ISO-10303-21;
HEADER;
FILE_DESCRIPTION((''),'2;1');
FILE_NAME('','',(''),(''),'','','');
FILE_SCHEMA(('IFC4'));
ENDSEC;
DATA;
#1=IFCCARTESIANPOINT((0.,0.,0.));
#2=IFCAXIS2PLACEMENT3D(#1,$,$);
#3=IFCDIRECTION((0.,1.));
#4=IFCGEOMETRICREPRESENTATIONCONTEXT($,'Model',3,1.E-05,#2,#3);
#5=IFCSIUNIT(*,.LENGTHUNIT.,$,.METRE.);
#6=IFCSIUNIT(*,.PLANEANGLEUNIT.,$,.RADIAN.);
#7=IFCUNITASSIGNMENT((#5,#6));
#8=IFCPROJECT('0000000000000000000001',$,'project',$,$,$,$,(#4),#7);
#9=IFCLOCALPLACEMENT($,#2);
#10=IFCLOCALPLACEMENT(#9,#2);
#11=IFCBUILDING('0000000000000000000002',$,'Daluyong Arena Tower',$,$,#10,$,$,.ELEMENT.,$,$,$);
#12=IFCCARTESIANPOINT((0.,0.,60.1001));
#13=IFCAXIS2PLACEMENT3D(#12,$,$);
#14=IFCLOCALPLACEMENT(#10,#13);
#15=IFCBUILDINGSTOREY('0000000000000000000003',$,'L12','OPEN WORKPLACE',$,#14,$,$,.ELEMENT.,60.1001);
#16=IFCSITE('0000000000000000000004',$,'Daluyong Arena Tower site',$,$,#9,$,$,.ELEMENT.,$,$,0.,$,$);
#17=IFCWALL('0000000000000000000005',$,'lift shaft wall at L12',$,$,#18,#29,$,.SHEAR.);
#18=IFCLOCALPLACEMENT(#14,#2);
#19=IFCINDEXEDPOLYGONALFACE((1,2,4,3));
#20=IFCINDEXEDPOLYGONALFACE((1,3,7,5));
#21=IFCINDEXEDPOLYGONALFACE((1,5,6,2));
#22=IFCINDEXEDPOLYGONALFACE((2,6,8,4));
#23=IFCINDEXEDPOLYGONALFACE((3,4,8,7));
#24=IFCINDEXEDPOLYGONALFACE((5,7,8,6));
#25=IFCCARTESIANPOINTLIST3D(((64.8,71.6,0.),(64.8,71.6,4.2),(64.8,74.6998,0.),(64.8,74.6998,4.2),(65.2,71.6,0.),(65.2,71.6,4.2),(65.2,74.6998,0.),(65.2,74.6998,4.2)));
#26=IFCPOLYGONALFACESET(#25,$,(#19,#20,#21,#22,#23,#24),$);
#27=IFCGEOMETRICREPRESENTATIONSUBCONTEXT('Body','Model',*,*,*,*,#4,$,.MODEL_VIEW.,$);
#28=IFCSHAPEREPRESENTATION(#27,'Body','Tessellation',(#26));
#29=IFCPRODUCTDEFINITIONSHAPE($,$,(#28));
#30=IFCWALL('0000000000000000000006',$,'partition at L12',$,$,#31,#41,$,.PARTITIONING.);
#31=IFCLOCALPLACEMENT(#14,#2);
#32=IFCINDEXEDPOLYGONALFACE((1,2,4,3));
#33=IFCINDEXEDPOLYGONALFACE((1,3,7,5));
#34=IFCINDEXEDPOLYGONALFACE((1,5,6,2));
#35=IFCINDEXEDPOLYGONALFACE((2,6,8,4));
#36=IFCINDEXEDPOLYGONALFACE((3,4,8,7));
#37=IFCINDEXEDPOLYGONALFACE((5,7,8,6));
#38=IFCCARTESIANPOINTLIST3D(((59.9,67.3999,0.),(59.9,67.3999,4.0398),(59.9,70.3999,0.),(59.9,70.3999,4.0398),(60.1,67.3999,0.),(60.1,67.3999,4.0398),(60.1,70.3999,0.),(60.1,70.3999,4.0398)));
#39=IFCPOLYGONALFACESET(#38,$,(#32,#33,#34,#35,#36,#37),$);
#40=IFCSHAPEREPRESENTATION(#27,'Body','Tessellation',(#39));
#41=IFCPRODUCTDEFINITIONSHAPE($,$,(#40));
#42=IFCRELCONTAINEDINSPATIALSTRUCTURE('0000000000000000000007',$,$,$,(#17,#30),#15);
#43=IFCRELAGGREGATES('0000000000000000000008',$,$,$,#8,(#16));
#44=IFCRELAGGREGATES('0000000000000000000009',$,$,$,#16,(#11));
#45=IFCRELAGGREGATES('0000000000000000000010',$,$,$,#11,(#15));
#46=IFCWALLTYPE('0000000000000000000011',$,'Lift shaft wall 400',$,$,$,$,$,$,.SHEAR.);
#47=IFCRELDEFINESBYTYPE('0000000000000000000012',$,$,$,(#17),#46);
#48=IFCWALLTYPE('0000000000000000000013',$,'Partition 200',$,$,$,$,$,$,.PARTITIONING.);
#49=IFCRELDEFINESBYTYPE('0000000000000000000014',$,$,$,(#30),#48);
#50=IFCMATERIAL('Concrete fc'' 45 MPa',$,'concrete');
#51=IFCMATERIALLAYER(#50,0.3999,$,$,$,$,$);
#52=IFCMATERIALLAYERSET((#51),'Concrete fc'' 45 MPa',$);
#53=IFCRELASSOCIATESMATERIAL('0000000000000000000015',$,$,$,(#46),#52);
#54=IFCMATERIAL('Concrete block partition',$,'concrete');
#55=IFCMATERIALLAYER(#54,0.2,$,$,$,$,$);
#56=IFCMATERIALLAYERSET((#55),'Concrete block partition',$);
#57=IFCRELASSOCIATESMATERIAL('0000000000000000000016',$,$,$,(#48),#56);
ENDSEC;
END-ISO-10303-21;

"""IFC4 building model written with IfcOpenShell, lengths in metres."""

from ifc_helpers import new_model, si_unit, direction, frame, frame_2d, origin, place, context, subcontext, project, spatial, rectangle, extrude, material, layer, layer_set, type_object, element, save


model = new_model("IFC4")

# Units and contexts
model_context = context("Model", 3, precision=1e-05, world=origin(), true_north=direction((0.0, 1.0)))
body_context = subcontext(model_context, "Body", "Model", "MODEL_VIEW")
ifc_project = project(units=[si_unit("LENGTHUNIT", "METRE"), si_unit("PLANEANGLEUNIT", "RADIAN")], contexts=[model_context])

# Site, building, storey
site_placement = place(None, origin())
site = spatial("IfcSite", under=ifc_project, at=site_placement, Name="Daluyong Arena Tower site", CompositionType="ELEMENT", RefElevation=0.0)
building_placement = place(site_placement, origin())
building = spatial("IfcBuilding", under=site, at=building_placement, Name="Daluyong Arena Tower", CompositionType="ELEMENT")
storey_placement = place(building_placement, frame((0.0, 0.0, 60.1001)))
storey = spatial("IfcBuildingStorey", under=building, at=storey_placement, Name="L12", Description="OPEN WORKPLACE", CompositionType="ELEMENT", Elevation=60.1001)

# Walls
ifc_material_1 = material(Name="Concrete fc' 45 MPa", Category="concrete")
ifc_layer_1 = layer(ifc_material_1, 0.3999)
ifc_layer_set_1 = layer_set([ifc_layer_1], Name="Concrete fc' 45 MPa")
wall_type_1 = type_object("IfcWallType", Name="Lift shaft wall 400", PredefinedType="SHEAR", material=ifc_layer_set_1)
wall_1_placement = place(storey_placement, frame((65.0, 71.6001, 0.0), z_axis=(0.0, 0.0, 1.0), x_axis=(0.0, 1.0, 0.0)))
element("IfcWall", 1, at=wall_1_placement, inside=storey, type_object=wall_type_1, Name="lift shaft wall at L12", PredefinedType="SHEAR", context=body_context, shape_type="SweptSolid", body=[
    extrude(rectangle(XDim=3.0999, YDim=0.3999, at=frame_2d((1.5498, 0.0))), origin(), (0.0, 0.0, 1.0), 4.2),
])
ifc_material_2 = material(Name="Concrete block partition", Category="concrete")
ifc_layer_2 = layer(ifc_material_2, 0.2)
ifc_layer_set_2 = layer_set([ifc_layer_2], Name="Concrete block partition")
wall_type_2 = type_object("IfcWallType", Name="Partition 200", PredefinedType="PARTITIONING", material=ifc_layer_set_2)
wall_2_placement = place(storey_placement, frame((60.0, 67.3999, 0.0), z_axis=(0.0, 0.0, 1.0), x_axis=(0.0, 1.0, 0.0)))
element("IfcWall", 2, at=wall_2_placement, inside=storey, type_object=wall_type_2, Name="partition at L12", PredefinedType="PARTITIONING", context=body_context, shape_type="SweptSolid", body=[
    extrude(rectangle(XDim=3.0, YDim=0.2, at=frame_2d((1.5, 0.0))), origin(), (0.0, 0.0, 1.0), 4.0398),
])

save(model, "model.ifc")
